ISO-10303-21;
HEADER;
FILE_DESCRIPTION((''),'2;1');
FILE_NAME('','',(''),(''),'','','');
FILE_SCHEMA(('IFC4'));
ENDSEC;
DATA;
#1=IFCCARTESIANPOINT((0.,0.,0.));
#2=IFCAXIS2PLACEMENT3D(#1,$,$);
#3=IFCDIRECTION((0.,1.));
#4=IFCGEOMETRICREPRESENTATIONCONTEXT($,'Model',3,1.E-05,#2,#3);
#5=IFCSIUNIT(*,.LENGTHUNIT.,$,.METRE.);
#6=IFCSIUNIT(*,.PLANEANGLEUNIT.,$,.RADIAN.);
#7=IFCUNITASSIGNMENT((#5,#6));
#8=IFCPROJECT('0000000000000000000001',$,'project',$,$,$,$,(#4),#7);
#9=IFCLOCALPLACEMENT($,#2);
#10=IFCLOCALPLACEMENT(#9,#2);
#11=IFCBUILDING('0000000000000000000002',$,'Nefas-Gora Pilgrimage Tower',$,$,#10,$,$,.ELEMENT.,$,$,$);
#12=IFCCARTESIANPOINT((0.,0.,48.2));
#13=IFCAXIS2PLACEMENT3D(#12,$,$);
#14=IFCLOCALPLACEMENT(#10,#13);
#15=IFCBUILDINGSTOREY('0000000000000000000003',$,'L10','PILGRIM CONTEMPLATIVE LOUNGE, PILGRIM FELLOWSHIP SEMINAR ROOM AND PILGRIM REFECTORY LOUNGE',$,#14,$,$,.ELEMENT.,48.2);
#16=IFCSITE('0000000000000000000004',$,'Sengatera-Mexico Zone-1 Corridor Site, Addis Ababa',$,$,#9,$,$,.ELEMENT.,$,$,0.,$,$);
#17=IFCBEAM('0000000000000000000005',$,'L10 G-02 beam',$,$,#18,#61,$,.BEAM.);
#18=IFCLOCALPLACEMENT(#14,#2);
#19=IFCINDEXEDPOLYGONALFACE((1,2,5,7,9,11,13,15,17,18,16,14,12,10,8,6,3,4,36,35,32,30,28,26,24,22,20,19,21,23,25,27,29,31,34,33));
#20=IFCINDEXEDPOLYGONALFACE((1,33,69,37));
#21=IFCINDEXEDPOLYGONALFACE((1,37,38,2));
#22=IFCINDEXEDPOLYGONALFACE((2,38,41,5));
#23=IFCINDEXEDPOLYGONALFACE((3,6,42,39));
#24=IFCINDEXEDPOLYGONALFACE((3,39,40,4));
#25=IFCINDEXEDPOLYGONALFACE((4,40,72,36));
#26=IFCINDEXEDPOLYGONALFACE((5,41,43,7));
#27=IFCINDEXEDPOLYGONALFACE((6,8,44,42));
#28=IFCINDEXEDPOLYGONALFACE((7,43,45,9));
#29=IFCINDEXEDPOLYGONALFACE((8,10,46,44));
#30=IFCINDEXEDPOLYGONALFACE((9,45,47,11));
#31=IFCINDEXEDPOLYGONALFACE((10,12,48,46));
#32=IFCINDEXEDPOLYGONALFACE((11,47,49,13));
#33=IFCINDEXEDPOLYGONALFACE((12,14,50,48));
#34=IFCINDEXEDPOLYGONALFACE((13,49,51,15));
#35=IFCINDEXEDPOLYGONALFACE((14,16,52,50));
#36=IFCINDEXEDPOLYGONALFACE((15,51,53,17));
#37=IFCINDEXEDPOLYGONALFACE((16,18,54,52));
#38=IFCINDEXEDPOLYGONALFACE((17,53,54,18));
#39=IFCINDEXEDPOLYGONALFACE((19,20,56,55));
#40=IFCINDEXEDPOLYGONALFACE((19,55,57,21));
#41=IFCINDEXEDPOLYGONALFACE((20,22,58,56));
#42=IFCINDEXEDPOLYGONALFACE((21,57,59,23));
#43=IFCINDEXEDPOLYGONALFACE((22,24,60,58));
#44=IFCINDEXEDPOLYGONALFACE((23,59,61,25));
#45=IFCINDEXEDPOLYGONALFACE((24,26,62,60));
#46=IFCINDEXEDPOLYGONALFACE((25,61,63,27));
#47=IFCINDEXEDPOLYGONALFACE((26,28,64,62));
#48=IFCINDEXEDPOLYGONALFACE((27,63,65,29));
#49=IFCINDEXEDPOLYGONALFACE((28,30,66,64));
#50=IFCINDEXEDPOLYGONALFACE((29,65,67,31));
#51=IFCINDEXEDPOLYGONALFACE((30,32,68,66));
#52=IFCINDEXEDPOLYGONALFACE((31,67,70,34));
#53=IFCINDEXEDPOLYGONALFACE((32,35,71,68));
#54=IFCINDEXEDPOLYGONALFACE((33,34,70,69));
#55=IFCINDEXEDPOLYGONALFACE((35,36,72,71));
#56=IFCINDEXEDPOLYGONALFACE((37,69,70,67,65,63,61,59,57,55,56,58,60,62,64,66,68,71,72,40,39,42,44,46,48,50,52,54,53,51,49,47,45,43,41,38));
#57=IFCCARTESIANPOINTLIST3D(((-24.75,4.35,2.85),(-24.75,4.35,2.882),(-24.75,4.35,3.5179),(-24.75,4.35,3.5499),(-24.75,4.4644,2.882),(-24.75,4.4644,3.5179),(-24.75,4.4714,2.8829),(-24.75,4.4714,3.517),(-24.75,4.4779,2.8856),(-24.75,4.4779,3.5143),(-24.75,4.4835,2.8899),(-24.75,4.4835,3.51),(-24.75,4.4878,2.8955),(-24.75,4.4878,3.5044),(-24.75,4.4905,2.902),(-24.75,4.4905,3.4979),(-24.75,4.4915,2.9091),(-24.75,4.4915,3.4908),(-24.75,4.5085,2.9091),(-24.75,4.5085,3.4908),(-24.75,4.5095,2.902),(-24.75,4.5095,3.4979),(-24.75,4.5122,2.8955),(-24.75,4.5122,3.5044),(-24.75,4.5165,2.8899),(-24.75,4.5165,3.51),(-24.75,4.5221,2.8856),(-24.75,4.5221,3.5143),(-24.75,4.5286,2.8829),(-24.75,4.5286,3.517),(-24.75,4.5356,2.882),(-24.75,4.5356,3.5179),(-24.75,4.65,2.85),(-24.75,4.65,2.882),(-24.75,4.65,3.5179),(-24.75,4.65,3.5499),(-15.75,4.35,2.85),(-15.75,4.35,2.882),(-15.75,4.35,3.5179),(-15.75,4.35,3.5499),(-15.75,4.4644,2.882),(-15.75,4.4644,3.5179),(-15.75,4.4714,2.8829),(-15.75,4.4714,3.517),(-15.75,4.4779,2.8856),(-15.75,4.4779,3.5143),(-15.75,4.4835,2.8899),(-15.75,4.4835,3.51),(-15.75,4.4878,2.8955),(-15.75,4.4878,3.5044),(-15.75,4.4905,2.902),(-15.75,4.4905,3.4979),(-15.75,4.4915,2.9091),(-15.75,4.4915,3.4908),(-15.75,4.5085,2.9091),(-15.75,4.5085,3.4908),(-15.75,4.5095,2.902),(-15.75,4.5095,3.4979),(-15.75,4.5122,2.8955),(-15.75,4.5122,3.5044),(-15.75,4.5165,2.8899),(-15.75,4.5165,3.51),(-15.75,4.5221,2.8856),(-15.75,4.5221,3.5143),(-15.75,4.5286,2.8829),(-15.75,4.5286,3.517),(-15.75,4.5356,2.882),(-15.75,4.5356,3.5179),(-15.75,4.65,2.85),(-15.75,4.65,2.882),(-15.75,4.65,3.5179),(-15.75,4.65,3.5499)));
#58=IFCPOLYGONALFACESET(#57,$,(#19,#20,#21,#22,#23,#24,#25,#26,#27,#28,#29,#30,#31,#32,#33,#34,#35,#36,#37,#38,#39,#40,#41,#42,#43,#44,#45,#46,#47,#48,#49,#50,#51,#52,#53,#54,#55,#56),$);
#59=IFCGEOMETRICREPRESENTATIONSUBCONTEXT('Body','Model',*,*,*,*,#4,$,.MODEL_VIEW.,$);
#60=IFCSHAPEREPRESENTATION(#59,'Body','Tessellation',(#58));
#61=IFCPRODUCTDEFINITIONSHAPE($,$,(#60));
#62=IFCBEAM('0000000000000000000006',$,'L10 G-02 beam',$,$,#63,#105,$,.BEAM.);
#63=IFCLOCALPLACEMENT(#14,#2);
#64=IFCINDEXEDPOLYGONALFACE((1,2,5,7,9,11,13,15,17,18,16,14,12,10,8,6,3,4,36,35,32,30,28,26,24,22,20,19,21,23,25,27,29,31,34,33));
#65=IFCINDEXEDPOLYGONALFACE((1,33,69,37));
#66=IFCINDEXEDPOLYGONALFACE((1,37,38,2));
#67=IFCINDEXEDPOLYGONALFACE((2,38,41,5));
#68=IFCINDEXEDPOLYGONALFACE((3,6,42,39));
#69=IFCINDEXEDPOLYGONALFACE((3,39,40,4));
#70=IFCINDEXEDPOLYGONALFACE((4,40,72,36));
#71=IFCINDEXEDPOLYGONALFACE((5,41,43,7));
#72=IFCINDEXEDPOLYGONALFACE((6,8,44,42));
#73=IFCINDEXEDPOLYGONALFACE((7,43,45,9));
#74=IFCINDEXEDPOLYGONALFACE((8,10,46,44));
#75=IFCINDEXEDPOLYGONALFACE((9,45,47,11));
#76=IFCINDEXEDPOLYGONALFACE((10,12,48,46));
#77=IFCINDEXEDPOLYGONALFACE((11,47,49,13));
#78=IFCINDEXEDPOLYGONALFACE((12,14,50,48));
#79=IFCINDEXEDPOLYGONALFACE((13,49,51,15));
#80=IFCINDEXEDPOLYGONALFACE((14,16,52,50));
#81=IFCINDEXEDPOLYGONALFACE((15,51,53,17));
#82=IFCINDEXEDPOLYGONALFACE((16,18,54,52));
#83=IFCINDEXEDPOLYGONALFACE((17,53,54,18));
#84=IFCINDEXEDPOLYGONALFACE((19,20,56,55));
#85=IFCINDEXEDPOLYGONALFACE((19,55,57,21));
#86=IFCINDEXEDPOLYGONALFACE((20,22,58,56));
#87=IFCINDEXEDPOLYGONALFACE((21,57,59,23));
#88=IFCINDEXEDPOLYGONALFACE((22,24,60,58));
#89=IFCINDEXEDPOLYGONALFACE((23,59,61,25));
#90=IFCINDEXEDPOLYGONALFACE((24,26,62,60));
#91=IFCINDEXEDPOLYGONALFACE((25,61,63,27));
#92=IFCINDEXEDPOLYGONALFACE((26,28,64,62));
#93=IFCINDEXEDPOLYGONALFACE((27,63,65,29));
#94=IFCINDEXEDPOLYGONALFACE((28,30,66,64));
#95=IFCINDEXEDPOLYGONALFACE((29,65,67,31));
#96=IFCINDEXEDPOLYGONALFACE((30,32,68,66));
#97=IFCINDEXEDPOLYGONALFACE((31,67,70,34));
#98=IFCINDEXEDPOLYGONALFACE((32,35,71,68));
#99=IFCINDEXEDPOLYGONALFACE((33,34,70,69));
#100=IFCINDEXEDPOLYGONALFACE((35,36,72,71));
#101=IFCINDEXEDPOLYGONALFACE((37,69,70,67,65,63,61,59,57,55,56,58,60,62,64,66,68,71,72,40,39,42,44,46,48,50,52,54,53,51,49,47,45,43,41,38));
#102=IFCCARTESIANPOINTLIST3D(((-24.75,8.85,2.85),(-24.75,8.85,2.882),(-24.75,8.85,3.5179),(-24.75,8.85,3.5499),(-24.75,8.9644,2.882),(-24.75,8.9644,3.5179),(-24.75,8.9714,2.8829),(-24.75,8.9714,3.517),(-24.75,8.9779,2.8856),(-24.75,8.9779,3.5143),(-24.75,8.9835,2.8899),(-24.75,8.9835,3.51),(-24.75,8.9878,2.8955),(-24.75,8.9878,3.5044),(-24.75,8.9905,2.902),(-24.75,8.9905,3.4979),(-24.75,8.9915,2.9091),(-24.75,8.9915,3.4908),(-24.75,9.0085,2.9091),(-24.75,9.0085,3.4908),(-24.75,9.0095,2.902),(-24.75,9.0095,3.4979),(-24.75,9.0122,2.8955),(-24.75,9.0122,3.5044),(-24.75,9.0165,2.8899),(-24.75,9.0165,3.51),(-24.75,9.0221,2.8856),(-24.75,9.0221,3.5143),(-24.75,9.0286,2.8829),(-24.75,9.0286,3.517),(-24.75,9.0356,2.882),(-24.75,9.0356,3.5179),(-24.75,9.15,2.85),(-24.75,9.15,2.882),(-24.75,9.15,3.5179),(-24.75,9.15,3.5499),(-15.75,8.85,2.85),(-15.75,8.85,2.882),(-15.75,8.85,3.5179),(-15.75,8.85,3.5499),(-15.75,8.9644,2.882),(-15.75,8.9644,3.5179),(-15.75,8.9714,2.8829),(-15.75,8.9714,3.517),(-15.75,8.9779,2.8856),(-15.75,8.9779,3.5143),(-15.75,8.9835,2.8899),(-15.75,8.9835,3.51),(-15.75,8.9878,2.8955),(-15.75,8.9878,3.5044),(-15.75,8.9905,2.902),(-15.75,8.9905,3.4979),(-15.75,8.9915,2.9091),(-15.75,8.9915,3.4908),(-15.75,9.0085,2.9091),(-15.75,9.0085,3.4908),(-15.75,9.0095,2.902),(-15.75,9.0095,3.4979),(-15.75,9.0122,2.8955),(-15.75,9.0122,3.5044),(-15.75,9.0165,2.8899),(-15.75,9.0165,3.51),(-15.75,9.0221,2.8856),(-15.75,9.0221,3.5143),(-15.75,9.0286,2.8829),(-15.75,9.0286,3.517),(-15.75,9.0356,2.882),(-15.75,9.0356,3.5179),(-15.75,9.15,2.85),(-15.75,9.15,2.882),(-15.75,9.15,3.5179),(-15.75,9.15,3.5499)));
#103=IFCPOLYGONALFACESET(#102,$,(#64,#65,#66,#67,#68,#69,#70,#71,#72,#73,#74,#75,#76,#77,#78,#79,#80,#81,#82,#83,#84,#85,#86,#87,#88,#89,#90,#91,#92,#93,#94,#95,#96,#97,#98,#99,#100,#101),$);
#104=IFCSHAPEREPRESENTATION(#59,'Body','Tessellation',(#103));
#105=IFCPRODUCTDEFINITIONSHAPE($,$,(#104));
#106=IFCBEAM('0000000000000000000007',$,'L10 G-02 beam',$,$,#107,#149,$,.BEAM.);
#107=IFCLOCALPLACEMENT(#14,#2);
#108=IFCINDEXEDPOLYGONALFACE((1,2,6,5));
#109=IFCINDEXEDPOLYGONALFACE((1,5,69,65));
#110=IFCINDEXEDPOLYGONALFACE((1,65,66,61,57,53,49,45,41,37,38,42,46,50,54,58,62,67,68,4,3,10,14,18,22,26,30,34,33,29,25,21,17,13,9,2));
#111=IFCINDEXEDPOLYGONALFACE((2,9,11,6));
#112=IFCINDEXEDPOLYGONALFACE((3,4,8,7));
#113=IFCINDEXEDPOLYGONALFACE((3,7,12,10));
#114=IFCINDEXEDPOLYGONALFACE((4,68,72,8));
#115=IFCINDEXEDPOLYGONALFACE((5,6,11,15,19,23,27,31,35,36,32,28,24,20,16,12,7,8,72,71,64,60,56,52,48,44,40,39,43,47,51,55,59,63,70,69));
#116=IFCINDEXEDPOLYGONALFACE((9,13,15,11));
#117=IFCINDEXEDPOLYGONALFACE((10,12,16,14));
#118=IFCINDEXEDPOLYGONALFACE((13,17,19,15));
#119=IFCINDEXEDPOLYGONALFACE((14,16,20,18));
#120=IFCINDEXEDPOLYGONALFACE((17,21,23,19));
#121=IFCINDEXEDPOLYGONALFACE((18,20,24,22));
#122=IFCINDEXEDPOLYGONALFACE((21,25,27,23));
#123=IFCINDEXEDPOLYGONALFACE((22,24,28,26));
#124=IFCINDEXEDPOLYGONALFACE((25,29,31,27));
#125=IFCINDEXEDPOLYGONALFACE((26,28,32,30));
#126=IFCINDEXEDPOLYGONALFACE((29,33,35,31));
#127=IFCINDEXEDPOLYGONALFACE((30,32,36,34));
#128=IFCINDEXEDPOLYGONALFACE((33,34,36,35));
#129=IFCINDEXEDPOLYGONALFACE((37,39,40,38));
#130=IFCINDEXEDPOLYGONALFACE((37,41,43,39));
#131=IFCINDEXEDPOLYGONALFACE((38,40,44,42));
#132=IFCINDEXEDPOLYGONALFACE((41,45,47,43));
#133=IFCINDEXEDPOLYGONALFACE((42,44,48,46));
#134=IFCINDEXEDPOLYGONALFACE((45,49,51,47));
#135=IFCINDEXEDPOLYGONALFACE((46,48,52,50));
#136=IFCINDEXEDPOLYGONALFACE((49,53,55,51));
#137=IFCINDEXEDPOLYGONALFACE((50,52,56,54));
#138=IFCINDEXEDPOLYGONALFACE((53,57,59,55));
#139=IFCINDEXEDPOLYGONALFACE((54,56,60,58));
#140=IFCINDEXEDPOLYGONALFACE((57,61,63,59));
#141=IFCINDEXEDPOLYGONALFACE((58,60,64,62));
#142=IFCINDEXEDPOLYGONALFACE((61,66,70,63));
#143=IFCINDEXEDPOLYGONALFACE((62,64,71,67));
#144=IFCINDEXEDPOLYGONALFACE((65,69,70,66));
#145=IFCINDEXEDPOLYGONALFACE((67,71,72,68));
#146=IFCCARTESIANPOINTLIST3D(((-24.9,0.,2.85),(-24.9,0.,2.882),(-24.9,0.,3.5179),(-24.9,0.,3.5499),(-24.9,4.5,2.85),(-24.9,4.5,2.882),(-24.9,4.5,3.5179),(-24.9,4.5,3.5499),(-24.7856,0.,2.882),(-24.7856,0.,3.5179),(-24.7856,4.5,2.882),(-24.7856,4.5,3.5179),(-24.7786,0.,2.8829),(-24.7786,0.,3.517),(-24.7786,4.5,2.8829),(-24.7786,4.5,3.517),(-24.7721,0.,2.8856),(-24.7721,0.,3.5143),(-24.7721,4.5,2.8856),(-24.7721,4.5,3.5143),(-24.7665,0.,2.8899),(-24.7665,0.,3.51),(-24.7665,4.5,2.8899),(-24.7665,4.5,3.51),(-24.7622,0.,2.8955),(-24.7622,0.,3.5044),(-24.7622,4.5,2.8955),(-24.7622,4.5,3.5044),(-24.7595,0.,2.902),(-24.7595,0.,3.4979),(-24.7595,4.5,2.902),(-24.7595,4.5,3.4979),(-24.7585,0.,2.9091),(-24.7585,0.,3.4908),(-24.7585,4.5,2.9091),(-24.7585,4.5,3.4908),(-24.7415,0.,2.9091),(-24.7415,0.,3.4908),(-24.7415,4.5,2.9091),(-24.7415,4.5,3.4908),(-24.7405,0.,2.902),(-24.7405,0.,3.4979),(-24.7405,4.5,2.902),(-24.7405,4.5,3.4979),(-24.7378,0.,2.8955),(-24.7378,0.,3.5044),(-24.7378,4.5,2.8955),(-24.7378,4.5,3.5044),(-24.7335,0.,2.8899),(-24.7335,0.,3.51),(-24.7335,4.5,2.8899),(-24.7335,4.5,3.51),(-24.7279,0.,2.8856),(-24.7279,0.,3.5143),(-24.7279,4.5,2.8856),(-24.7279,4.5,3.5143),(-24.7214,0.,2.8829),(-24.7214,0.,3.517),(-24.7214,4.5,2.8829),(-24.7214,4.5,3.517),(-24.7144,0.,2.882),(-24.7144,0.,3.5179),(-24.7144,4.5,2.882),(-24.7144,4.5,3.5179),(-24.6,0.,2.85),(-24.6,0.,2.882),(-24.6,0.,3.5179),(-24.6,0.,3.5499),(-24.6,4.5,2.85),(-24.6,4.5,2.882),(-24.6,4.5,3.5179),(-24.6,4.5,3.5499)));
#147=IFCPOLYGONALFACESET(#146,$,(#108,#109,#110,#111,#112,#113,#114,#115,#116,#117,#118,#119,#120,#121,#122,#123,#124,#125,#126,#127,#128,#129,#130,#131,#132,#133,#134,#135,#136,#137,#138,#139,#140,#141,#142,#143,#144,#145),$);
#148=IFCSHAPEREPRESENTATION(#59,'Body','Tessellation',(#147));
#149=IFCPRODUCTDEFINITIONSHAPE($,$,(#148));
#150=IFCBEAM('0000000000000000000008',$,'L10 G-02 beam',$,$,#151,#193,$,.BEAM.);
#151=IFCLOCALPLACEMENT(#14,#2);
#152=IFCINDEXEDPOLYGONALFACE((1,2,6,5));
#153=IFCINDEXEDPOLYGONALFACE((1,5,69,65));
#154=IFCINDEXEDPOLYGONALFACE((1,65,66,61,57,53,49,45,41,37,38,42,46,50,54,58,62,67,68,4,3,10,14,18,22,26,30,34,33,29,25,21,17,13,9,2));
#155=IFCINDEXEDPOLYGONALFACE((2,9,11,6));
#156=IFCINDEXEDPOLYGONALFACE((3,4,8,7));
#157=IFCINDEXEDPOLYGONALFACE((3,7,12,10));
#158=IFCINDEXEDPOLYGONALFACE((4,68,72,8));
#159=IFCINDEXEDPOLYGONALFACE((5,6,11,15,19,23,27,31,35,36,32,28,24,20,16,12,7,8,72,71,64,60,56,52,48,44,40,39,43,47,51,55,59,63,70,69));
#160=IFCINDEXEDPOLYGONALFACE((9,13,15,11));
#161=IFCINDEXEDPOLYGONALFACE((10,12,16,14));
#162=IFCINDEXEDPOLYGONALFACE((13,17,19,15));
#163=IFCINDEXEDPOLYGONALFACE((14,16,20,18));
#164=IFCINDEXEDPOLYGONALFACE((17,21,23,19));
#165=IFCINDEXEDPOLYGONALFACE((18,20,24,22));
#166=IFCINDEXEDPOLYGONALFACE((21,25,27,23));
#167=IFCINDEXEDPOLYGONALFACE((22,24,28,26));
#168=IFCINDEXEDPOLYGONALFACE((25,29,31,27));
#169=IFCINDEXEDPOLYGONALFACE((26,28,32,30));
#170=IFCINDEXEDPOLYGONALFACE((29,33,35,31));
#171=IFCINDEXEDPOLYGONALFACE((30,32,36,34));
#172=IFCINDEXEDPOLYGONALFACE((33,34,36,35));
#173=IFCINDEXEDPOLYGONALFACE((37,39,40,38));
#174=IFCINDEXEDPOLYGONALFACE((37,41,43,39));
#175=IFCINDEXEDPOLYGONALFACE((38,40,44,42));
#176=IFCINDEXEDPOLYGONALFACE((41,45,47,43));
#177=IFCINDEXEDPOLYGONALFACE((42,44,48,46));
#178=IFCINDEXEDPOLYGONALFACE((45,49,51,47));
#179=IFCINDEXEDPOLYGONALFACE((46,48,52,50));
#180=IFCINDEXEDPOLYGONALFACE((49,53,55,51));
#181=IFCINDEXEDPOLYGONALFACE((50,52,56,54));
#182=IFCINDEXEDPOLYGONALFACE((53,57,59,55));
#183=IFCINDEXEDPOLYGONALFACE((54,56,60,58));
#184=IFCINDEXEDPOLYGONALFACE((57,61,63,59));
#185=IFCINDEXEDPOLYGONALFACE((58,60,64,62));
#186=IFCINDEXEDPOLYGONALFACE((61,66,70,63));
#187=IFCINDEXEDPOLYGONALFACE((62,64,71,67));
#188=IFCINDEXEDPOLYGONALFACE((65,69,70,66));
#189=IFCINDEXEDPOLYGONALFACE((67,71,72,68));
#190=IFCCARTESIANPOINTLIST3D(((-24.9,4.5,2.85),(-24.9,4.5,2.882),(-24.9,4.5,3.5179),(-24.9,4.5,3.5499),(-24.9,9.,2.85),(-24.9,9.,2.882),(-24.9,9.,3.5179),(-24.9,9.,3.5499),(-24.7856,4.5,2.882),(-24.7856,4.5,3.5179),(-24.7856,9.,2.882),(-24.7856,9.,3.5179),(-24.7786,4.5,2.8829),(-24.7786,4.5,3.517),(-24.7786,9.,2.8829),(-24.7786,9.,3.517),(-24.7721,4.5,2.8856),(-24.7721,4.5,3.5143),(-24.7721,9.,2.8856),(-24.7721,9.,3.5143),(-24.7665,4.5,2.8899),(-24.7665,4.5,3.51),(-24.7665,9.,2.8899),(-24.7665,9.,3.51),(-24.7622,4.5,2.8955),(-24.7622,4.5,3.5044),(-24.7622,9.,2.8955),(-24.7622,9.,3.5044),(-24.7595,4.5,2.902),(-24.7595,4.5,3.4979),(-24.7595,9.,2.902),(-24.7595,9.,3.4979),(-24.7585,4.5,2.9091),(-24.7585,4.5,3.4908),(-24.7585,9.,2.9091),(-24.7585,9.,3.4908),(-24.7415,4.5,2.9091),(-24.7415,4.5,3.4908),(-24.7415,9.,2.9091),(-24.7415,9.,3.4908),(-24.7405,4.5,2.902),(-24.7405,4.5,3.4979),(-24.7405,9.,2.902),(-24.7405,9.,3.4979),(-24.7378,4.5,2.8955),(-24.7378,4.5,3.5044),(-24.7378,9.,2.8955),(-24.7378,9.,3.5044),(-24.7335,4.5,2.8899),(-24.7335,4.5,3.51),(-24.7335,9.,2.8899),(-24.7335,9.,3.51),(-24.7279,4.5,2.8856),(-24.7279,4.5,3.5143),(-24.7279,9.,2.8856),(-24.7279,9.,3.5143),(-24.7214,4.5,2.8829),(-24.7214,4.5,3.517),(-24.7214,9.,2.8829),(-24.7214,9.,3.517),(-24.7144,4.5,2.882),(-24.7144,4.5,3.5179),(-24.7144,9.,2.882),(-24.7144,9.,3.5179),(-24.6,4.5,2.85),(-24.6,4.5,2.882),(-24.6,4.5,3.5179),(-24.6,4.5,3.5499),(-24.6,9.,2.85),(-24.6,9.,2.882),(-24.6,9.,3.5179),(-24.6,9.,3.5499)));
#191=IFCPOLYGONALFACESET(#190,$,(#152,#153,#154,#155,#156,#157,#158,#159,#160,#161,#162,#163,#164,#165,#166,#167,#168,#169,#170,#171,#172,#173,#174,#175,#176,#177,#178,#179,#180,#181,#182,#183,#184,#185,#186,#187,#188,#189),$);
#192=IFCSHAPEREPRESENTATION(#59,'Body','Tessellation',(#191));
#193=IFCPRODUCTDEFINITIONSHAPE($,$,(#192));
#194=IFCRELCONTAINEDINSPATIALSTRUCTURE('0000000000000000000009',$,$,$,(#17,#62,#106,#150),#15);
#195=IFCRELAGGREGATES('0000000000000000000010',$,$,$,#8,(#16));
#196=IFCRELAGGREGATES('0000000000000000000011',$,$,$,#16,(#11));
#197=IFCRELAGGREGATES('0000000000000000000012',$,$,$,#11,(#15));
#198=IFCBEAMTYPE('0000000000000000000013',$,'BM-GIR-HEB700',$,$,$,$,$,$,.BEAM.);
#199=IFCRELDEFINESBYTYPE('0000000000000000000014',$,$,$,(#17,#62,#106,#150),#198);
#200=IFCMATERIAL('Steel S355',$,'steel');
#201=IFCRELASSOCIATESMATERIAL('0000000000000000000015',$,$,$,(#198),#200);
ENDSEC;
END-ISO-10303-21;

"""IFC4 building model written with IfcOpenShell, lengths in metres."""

from ifc_helpers import new_model, si_unit, direction, frame, origin, origin_2d, place, context, subcontext, project, spatial, i_section, extrude, source, transform, mapped, material, material_profile, profile_set, type_object, element, save


model = new_model("IFC4")

# Units and contexts
model_context = context("Model", 3, precision=1e-05, world=origin(), true_north=direction((0.0, 1.0)))
body_context = subcontext(model_context, "Body", "Model", "MODEL_VIEW")
ifc_project = project(units=[si_unit("LENGTHUNIT", "METRE"), si_unit("PLANEANGLEUNIT", "RADIAN")], contexts=[model_context])

# Site, building, storey
site_placement = place(None, origin())
site = spatial("IfcSite", under=ifc_project, at=site_placement, Name="Sengatera-Mexico Zone-1 Corridor Site, Addis Ababa", CompositionType="ELEMENT", RefElevation=0.0)
building_placement = place(site_placement, origin())
building = spatial("IfcBuilding", under=site, at=building_placement, Name="Nefas-Gora Pilgrimage Tower", CompositionType="ELEMENT")
storey_placement = place(building_placement, frame((0.0, 0.0, 48.2)))
storey = spatial("IfcBuildingStorey", under=building, at=storey_placement, Name="L10", Description="PILGRIM CONTEMPLATIVE LOUNGE, PILGRIM FELLOWSHIP SEMINAR ROOM AND PILGRIM REFECTORY LOUNGE", CompositionType="ELEMENT", Elevation=48.2)

# Beams
ifc_material_1 = material(Name="Steel S355", Category="steel")
ifc_material_profile_1 = material_profile(ifc_material_1, i_section(OverallWidth=0.3, OverallDepth=0.7, WebThickness=0.0171, FlangeThickness=0.032, FilletRadius=0.0271, at=origin_2d()), Name="HEB 700")
ifc_profile_set_1 = profile_set([ifc_material_profile_1], Name="Steel S355")
beam_type_1 = type_object("IfcBeamType", Name="BM-GIR-HEB700", PredefinedType="BEAM", material=ifc_profile_set_1)
shared_shape_1 = source(origin(), body_context, "Body", "SweptSolid", [
    extrude(i_section(OverallWidth=0.3, OverallDepth=0.7, WebThickness=0.0171, FlangeThickness=0.032, FilletRadius=0.0271, at=origin_2d()), origin(), (0.0, 0.0, 1.0), 9.0),
])
for number, where, z_axis, x_axis, name in (
    (1, (-24.75, 4.5, 3.2), (1.0, 0.0, 0.0), (0.0, 1.0, 0.0), "L10 G-02 beam"),
    (2, (-24.75, 9.0, 3.2), (1.0, 0.0, 0.0), (0.0, 1.0, 0.0), "L10 G-02 beam"),
):
    element("IfcBeam", number, at=place(storey_placement, frame(where, z_axis=z_axis, x_axis=x_axis)), inside=storey, type_object=beam_type_1, Name=name, PredefinedType="BEAM", context=body_context, shape_type="MappedRepresentation", body=[
        mapped(shared_shape_1, transform((0.0, 0.0, 0.0), x_axis=(1.0, 0.0, 0.0), y_axis=(0.0, 1.0, 0.0), z_axis=(0.0, 0.0, 1.0), scale=1.0)),
    ])
shared_shape_2 = source(origin(), body_context, "Body", "SweptSolid", [
    extrude(i_section(OverallWidth=0.3, OverallDepth=0.7, WebThickness=0.0171, FlangeThickness=0.032, FilletRadius=0.0271, at=origin_2d()), origin(), (0.0, 0.0, 1.0), 4.5),
])
for number, where, z_axis, x_axis, name in (
    (3, (-24.75, 0.0, 3.2), (0.0, 1.0, 0.0), (-1.0, 0.0, 0.0), "L10 G-02 beam"),
    (4, (-24.75, 4.5, 3.2), (0.0, 1.0, 0.0), (-1.0, 0.0, 0.0), "L10 G-02 beam"),
):
    element("IfcBeam", number, at=place(storey_placement, frame(where, z_axis=z_axis, x_axis=x_axis)), inside=storey, type_object=beam_type_1, Name=name, PredefinedType="BEAM", context=body_context, shape_type="MappedRepresentation", body=[
        mapped(shared_shape_2, transform((0.0, 0.0, 0.0), x_axis=(1.0, 0.0, 0.0), y_axis=(0.0, 1.0, 0.0), z_axis=(0.0, 0.0, 1.0), scale=1.0)),
    ])

save(model, "model.ifc")
